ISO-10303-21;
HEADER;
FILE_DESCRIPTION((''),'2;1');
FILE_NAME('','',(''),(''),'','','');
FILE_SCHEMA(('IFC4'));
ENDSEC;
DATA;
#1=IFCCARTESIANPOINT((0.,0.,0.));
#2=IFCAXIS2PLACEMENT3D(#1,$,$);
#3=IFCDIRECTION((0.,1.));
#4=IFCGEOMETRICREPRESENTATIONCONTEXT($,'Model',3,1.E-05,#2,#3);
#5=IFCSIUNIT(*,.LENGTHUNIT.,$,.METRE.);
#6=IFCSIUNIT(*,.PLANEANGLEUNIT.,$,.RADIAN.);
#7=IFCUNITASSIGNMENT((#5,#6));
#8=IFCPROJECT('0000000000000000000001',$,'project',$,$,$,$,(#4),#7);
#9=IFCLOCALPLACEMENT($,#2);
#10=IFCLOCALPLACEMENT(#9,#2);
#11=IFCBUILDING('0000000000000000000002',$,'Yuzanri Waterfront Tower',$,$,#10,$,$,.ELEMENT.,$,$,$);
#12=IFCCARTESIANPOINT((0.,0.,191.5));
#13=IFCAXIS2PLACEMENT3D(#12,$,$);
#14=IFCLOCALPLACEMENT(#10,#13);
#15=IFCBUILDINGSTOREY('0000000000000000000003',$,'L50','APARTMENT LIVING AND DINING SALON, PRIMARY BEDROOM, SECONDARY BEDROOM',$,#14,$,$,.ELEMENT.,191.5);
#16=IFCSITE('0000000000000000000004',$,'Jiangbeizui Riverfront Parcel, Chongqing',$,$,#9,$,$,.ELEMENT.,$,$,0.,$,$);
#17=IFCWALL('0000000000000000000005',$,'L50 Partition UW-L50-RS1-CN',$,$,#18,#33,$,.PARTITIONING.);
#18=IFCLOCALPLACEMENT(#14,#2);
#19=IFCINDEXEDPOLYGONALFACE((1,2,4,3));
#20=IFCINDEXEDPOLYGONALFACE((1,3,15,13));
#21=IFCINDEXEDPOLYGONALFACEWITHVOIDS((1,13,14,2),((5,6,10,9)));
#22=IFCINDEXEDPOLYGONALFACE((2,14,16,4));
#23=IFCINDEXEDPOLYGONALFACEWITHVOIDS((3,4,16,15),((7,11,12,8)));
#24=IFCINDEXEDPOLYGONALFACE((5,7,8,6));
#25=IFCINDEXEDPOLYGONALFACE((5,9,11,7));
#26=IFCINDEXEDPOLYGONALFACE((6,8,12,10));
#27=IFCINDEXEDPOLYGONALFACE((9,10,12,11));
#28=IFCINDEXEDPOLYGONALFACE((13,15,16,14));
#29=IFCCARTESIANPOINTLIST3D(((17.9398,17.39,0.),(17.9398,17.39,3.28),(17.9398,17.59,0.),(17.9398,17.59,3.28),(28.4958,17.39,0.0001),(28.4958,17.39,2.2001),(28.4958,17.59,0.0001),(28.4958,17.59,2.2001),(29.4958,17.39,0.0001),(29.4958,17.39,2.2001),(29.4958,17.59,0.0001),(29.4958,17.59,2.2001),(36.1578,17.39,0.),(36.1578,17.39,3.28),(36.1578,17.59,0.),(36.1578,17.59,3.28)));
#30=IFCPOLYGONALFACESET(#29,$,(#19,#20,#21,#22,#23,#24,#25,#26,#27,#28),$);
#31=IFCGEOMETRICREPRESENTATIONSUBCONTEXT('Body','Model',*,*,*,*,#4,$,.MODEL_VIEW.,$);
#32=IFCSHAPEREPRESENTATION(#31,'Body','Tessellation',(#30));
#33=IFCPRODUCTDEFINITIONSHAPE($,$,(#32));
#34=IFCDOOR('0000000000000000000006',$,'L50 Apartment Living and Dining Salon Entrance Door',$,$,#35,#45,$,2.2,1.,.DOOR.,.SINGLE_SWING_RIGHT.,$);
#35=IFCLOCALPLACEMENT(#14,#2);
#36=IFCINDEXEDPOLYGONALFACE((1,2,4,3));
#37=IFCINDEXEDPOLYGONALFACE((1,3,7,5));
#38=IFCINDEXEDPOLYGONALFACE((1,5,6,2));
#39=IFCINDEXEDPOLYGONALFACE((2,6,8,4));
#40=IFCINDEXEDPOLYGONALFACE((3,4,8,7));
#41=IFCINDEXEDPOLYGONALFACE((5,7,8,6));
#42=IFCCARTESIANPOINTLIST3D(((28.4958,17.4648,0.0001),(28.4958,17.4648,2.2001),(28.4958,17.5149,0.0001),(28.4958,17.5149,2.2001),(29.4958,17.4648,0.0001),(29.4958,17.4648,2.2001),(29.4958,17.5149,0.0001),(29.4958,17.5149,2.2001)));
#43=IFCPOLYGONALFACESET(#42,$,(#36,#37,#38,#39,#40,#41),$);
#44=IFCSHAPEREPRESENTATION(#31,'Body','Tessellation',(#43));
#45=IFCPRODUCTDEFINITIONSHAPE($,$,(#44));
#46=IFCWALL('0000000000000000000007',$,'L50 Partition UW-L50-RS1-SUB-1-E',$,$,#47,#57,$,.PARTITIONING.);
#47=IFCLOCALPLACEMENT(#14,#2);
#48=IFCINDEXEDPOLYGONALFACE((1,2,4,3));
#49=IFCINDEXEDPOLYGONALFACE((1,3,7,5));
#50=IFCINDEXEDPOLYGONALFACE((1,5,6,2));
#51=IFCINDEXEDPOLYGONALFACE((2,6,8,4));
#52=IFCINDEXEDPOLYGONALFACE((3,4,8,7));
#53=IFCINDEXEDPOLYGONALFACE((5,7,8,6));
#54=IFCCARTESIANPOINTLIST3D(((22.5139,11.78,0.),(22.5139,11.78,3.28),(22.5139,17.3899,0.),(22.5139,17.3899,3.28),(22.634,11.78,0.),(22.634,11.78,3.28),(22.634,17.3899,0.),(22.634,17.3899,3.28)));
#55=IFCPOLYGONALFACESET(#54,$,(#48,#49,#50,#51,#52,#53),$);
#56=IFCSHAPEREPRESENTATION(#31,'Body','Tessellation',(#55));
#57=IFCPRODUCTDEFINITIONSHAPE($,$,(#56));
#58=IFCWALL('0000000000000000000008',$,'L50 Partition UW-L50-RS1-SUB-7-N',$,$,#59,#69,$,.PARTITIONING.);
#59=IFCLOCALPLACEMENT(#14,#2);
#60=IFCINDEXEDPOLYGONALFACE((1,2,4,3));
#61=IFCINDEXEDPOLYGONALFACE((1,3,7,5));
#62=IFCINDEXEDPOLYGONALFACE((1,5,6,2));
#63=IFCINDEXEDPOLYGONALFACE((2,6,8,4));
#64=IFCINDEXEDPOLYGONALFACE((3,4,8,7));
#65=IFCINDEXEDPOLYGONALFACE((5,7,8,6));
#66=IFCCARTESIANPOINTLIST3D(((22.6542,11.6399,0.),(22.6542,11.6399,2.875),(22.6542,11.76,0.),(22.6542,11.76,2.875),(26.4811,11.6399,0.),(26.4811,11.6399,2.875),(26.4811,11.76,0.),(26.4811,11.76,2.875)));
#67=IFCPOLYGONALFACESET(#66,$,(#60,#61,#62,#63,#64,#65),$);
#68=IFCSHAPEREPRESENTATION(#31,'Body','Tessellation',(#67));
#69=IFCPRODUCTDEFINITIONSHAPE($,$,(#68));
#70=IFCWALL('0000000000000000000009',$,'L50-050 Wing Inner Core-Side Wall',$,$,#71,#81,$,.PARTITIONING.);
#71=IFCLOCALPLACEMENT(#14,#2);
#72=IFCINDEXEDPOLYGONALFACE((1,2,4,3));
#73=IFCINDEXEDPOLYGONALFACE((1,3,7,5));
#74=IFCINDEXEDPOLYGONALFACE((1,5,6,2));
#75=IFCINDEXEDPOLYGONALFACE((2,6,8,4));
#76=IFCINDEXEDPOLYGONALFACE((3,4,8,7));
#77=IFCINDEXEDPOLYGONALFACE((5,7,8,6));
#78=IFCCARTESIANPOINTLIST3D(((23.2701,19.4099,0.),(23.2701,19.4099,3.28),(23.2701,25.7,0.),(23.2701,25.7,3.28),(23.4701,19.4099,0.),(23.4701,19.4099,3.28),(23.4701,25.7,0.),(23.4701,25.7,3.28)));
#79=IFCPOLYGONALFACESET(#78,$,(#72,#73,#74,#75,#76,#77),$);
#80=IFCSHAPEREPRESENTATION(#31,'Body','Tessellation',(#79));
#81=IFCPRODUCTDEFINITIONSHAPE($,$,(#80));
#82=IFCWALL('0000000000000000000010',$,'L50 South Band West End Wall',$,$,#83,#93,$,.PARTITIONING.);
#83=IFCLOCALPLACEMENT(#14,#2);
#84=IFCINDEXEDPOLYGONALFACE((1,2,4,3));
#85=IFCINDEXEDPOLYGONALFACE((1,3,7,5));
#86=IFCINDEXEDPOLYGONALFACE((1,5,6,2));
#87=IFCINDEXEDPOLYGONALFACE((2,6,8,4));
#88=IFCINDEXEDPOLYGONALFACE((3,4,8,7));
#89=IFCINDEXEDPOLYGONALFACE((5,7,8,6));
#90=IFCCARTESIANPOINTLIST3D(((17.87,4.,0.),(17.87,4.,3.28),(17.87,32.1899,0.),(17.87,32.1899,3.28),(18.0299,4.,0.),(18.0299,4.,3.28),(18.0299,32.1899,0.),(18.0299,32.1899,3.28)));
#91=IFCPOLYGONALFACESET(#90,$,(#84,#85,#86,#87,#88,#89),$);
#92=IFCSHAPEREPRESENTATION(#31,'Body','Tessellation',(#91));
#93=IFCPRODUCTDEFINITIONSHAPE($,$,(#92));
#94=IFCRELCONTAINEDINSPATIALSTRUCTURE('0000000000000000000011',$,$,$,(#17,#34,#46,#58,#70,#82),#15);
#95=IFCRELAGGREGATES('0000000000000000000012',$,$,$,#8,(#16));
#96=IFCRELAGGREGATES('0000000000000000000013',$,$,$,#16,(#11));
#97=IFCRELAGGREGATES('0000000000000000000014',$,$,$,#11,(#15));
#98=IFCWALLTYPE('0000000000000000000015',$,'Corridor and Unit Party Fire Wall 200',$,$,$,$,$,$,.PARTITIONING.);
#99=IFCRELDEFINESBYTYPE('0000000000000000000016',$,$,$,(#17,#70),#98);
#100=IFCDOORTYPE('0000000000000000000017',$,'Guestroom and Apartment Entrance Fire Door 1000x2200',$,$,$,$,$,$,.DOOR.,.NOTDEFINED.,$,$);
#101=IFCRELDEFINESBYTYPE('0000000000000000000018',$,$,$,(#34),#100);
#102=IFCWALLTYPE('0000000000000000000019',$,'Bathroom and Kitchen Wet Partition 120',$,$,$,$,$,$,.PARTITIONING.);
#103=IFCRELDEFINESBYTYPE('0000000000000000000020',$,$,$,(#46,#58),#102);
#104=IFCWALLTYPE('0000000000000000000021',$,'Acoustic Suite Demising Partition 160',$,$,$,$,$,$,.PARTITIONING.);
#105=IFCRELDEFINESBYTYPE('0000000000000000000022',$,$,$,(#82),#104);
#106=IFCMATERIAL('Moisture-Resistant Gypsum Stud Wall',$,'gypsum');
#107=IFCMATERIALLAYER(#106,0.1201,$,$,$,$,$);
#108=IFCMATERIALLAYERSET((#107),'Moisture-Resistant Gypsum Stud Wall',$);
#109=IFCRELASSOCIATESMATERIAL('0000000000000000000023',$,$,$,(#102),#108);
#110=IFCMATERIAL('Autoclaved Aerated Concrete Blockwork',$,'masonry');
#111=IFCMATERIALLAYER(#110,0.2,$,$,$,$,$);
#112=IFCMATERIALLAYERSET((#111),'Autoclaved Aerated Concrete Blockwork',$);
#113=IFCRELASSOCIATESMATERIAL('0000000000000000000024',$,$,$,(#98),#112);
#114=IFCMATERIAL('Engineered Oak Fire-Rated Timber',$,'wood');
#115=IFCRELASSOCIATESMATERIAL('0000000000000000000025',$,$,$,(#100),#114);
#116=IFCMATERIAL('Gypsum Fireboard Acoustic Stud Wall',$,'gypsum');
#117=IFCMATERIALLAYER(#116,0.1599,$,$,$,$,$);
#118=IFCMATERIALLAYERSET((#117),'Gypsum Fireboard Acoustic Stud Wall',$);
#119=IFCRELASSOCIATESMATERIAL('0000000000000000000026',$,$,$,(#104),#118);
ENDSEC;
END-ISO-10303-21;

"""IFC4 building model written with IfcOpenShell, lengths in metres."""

from ifc_helpers import new_model, si_unit, direction, frame, frame_2d, origin, place, context, subcontext, project, spatial, rectangle, extrude, source, transform, mapped, material, layer, layer_set, type_object, element, fill, save


model = new_model("IFC4")

# Units and contexts
model_context = context("Model", 3, precision=1e-05, world=origin(), true_north=direction((0.0, 1.0)))
body_context = subcontext(model_context, "Body", "Model", "MODEL_VIEW")
ifc_project = project(units=[si_unit("LENGTHUNIT", "METRE"), si_unit("PLANEANGLEUNIT", "RADIAN")], contexts=[model_context])

# Site, building, storey
site_placement = place(None, origin())
site = spatial("IfcSite", under=ifc_project, at=site_placement, Name="Jiangbeizui Riverfront Parcel, Chongqing", CompositionType="ELEMENT", RefElevation=0.0)
building_placement = place(site_placement, origin())
building = spatial("IfcBuilding", under=site, at=building_placement, Name="Yuzanri Waterfront Tower", CompositionType="ELEMENT")
storey_placement = place(building_placement, frame((0.0, 0.0, 191.5)))
storey = spatial("IfcBuildingStorey", under=building, at=storey_placement, Name="L50", Description="APARTMENT LIVING AND DINING SALON, PRIMARY BEDROOM, SECONDARY BEDROOM", CompositionType="ELEMENT", Elevation=191.5)

# Shared definitions
ifc_material_1 = material(Name="Moisture-Resistant Gypsum Stud Wall", Category="gypsum")
ifc_layer_1 = layer(ifc_material_1, 0.1201)
ifc_layer_set_1 = layer_set([ifc_layer_1], Name="Moisture-Resistant Gypsum Stud Wall")
wall_type_1 = type_object("IfcWallType", Name="Bathroom and Kitchen Wet Partition 120", PredefinedType="PARTITIONING", material=ifc_layer_set_1)

# Wall, opening, door
ifc_material_2 = material(Name="Autoclaved Aerated Concrete Blockwork", Category="masonry")
ifc_layer_2 = layer(ifc_material_2, 0.2)
ifc_layer_set_2 = layer_set([ifc_layer_2], Name="Autoclaved Aerated Concrete Blockwork")
wall_type_2 = type_object("IfcWallType", Name="Corridor and Unit Party Fire Wall 200", PredefinedType="PARTITIONING", material=ifc_layer_set_2)
wall_1_placement = place(storey_placement, frame((17.9399, 17.49, 0.0), z_axis=(0.0, 0.0, 1.0), x_axis=(1.0, 0.0, 0.0)))
wall_1 = element("IfcWall", 1, at=wall_1_placement, inside=storey, type_object=wall_type_2, Name="L50 Partition UW-L50-RS1-CN", PredefinedType="PARTITIONING", context=body_context, shape_type="SweptSolid", body=[
    extrude(rectangle(XDim=18.218, YDim=0.2, at=frame_2d((9.1089, 0.0))), origin(), (0.0, 0.0, 1.0), 3.28),
])
opening_1_placement = place(wall_1_placement, frame((10.5559, 0.0, 0.0)))
opening_1 = element("IfcOpeningElement", 2, at=opening_1_placement, cuts=wall_1, PredefinedType="OPENING", context=body_context, shape_type="SweptSolid", body=[
    extrude(rectangle(XDim=1.0, YDim=2.2, at=frame_2d((0.5, 1.1001))), frame((0.0, 0.1147, 0.0), z_axis=(0.0, -1.0, 0.0), x_axis=(1.0, 0.0, 0.0)), (0.0, 0.0, 1.0), 0.2297),
])
ifc_material_3 = material(Name="Engineered Oak Fire-Rated Timber", Category="wood")
door_type_1 = type_object("IfcDoorType", Name="Guestroom and Apartment Entrance Fire Door 1000x2200", OperationType="NOTDEFINED", PredefinedType="DOOR", material=ifc_material_3)
shared_shape_1 = source(origin(), body_context, "Body", "SweptSolid", [
    extrude(rectangle(XDim=1.0, YDim=2.2, at=frame_2d((0.5, 1.1001))), frame((0.0, 0.0249, 0.0), z_axis=(0.0, -1.0, 0.0), x_axis=(1.0, 0.0, 0.0)), (0.0, 0.0, 1.0), 0.05),
])
door_1_placement = place(opening_1_placement, origin())
door_1 = element("IfcDoor", 3, at=door_1_placement, inside=storey, type_object=door_type_1, Name="L50 Apartment Living and Dining Salon Entrance Door", OperationType="SINGLE_SWING_RIGHT", OverallHeight=2.2, OverallWidth=1.0, PredefinedType="DOOR", context=body_context, shape_type="MappedRepresentation", body=[
    mapped(shared_shape_1, transform((0.0, 0.0, 0.0), scale=1.0)),
])
fill(opening_1, door_1)

# Walls
shared_shape_2 = source(origin(), body_context, "Body", "SweptSolid", [
    extrude(rectangle(XDim=5.6099, YDim=0.1201, at=frame_2d((2.8049, 0.0))), origin(), (0.0, 0.0, 1.0), 3.28),
])
wall_2_placement = place(storey_placement, frame((22.574, 11.78, 0.0), z_axis=(0.0, 0.0, 1.0), x_axis=(0.0, 1.0, 0.0)))
element("IfcWall", 4, at=wall_2_placement, inside=storey, type_object=wall_type_1, Name="L50 Partition UW-L50-RS1-SUB-1-E", PredefinedType="PARTITIONING", context=body_context, shape_type="MappedRepresentation", body=[
    mapped(shared_shape_2, transform((0.0, 0.0, 0.0), scale=1.0)),
])
shared_shape_3 = source(origin(), body_context, "Body", "SweptSolid", [
    extrude(rectangle(XDim=3.8269, YDim=0.1201, at=frame_2d((1.9136, 0.0))), origin(), (0.0, 0.0, 1.0), 2.875),
])
wall_3_placement = place(storey_placement, frame((22.6541, 11.7, 0.0), z_axis=(0.0, 0.0, 1.0), x_axis=(1.0, 0.0, 0.0)))
element("IfcWall", 5, at=wall_3_placement, inside=storey, type_object=wall_type_1, Name="L50 Partition UW-L50-RS1-SUB-7-N", PredefinedType="PARTITIONING", context=body_context, shape_type="MappedRepresentation", body=[
    mapped(shared_shape_3, transform((0.0, 0.0, 0.0), scale=1.0)),
])
shared_shape_4 = source(origin(), body_context, "Body", "SweptSolid", [
    extrude(rectangle(XDim=6.29, YDim=0.2, at=frame_2d((3.145, 0.0))), origin(), (0.0, 0.0, 1.0), 3.28),
])
wall_4_placement = place(storey_placement, frame((23.3701, 19.4099, 0.0), z_axis=(0.0, 0.0, 1.0), x_axis=(0.0, 1.0, 0.0)))
element("IfcWall", 6, at=wall_4_placement, inside=storey, type_object=wall_type_2, Name="L50-050 Wing Inner Core-Side Wall", PredefinedType="PARTITIONING", context=body_context, shape_type="MappedRepresentation", body=[
    mapped(shared_shape_4, transform((0.0, 0.0, 0.0), scale=1.0)),
])
ifc_material_4 = material(Name="Gypsum Fireboard Acoustic Stud Wall", Category="gypsum")
ifc_layer_3 = layer(ifc_material_4, 0.1599)
ifc_layer_set_3 = layer_set([ifc_layer_3], Name="Gypsum Fireboard Acoustic Stud Wall")
wall_type_3 = type_object("IfcWallType", Name="Acoustic Suite Demising Partition 160", PredefinedType="PARTITIONING", material=ifc_layer_set_3)
shared_shape_5 = source(origin(), body_context, "Body", "SweptSolid", [
    extrude(rectangle(XDim=28.1899, YDim=0.1599, at=frame_2d((14.095, 0.0))), origin(), (0.0, 0.0, 1.0), 3.28),
])
wall_5_placement = place(storey_placement, frame((17.95, 4.0, 0.0), z_axis=(0.0, 0.0, 1.0), x_axis=(0.0, 1.0, 0.0)))
element("IfcWall", 7, at=wall_5_placement, inside=storey, type_object=wall_type_3, Name="L50 South Band West End Wall", PredefinedType="PARTITIONING", context=body_context, shape_type="MappedRepresentation", body=[
    mapped(shared_shape_5, transform((0.0, 0.0, 0.0), scale=1.0)),
])

save(model, "model.ifc")
